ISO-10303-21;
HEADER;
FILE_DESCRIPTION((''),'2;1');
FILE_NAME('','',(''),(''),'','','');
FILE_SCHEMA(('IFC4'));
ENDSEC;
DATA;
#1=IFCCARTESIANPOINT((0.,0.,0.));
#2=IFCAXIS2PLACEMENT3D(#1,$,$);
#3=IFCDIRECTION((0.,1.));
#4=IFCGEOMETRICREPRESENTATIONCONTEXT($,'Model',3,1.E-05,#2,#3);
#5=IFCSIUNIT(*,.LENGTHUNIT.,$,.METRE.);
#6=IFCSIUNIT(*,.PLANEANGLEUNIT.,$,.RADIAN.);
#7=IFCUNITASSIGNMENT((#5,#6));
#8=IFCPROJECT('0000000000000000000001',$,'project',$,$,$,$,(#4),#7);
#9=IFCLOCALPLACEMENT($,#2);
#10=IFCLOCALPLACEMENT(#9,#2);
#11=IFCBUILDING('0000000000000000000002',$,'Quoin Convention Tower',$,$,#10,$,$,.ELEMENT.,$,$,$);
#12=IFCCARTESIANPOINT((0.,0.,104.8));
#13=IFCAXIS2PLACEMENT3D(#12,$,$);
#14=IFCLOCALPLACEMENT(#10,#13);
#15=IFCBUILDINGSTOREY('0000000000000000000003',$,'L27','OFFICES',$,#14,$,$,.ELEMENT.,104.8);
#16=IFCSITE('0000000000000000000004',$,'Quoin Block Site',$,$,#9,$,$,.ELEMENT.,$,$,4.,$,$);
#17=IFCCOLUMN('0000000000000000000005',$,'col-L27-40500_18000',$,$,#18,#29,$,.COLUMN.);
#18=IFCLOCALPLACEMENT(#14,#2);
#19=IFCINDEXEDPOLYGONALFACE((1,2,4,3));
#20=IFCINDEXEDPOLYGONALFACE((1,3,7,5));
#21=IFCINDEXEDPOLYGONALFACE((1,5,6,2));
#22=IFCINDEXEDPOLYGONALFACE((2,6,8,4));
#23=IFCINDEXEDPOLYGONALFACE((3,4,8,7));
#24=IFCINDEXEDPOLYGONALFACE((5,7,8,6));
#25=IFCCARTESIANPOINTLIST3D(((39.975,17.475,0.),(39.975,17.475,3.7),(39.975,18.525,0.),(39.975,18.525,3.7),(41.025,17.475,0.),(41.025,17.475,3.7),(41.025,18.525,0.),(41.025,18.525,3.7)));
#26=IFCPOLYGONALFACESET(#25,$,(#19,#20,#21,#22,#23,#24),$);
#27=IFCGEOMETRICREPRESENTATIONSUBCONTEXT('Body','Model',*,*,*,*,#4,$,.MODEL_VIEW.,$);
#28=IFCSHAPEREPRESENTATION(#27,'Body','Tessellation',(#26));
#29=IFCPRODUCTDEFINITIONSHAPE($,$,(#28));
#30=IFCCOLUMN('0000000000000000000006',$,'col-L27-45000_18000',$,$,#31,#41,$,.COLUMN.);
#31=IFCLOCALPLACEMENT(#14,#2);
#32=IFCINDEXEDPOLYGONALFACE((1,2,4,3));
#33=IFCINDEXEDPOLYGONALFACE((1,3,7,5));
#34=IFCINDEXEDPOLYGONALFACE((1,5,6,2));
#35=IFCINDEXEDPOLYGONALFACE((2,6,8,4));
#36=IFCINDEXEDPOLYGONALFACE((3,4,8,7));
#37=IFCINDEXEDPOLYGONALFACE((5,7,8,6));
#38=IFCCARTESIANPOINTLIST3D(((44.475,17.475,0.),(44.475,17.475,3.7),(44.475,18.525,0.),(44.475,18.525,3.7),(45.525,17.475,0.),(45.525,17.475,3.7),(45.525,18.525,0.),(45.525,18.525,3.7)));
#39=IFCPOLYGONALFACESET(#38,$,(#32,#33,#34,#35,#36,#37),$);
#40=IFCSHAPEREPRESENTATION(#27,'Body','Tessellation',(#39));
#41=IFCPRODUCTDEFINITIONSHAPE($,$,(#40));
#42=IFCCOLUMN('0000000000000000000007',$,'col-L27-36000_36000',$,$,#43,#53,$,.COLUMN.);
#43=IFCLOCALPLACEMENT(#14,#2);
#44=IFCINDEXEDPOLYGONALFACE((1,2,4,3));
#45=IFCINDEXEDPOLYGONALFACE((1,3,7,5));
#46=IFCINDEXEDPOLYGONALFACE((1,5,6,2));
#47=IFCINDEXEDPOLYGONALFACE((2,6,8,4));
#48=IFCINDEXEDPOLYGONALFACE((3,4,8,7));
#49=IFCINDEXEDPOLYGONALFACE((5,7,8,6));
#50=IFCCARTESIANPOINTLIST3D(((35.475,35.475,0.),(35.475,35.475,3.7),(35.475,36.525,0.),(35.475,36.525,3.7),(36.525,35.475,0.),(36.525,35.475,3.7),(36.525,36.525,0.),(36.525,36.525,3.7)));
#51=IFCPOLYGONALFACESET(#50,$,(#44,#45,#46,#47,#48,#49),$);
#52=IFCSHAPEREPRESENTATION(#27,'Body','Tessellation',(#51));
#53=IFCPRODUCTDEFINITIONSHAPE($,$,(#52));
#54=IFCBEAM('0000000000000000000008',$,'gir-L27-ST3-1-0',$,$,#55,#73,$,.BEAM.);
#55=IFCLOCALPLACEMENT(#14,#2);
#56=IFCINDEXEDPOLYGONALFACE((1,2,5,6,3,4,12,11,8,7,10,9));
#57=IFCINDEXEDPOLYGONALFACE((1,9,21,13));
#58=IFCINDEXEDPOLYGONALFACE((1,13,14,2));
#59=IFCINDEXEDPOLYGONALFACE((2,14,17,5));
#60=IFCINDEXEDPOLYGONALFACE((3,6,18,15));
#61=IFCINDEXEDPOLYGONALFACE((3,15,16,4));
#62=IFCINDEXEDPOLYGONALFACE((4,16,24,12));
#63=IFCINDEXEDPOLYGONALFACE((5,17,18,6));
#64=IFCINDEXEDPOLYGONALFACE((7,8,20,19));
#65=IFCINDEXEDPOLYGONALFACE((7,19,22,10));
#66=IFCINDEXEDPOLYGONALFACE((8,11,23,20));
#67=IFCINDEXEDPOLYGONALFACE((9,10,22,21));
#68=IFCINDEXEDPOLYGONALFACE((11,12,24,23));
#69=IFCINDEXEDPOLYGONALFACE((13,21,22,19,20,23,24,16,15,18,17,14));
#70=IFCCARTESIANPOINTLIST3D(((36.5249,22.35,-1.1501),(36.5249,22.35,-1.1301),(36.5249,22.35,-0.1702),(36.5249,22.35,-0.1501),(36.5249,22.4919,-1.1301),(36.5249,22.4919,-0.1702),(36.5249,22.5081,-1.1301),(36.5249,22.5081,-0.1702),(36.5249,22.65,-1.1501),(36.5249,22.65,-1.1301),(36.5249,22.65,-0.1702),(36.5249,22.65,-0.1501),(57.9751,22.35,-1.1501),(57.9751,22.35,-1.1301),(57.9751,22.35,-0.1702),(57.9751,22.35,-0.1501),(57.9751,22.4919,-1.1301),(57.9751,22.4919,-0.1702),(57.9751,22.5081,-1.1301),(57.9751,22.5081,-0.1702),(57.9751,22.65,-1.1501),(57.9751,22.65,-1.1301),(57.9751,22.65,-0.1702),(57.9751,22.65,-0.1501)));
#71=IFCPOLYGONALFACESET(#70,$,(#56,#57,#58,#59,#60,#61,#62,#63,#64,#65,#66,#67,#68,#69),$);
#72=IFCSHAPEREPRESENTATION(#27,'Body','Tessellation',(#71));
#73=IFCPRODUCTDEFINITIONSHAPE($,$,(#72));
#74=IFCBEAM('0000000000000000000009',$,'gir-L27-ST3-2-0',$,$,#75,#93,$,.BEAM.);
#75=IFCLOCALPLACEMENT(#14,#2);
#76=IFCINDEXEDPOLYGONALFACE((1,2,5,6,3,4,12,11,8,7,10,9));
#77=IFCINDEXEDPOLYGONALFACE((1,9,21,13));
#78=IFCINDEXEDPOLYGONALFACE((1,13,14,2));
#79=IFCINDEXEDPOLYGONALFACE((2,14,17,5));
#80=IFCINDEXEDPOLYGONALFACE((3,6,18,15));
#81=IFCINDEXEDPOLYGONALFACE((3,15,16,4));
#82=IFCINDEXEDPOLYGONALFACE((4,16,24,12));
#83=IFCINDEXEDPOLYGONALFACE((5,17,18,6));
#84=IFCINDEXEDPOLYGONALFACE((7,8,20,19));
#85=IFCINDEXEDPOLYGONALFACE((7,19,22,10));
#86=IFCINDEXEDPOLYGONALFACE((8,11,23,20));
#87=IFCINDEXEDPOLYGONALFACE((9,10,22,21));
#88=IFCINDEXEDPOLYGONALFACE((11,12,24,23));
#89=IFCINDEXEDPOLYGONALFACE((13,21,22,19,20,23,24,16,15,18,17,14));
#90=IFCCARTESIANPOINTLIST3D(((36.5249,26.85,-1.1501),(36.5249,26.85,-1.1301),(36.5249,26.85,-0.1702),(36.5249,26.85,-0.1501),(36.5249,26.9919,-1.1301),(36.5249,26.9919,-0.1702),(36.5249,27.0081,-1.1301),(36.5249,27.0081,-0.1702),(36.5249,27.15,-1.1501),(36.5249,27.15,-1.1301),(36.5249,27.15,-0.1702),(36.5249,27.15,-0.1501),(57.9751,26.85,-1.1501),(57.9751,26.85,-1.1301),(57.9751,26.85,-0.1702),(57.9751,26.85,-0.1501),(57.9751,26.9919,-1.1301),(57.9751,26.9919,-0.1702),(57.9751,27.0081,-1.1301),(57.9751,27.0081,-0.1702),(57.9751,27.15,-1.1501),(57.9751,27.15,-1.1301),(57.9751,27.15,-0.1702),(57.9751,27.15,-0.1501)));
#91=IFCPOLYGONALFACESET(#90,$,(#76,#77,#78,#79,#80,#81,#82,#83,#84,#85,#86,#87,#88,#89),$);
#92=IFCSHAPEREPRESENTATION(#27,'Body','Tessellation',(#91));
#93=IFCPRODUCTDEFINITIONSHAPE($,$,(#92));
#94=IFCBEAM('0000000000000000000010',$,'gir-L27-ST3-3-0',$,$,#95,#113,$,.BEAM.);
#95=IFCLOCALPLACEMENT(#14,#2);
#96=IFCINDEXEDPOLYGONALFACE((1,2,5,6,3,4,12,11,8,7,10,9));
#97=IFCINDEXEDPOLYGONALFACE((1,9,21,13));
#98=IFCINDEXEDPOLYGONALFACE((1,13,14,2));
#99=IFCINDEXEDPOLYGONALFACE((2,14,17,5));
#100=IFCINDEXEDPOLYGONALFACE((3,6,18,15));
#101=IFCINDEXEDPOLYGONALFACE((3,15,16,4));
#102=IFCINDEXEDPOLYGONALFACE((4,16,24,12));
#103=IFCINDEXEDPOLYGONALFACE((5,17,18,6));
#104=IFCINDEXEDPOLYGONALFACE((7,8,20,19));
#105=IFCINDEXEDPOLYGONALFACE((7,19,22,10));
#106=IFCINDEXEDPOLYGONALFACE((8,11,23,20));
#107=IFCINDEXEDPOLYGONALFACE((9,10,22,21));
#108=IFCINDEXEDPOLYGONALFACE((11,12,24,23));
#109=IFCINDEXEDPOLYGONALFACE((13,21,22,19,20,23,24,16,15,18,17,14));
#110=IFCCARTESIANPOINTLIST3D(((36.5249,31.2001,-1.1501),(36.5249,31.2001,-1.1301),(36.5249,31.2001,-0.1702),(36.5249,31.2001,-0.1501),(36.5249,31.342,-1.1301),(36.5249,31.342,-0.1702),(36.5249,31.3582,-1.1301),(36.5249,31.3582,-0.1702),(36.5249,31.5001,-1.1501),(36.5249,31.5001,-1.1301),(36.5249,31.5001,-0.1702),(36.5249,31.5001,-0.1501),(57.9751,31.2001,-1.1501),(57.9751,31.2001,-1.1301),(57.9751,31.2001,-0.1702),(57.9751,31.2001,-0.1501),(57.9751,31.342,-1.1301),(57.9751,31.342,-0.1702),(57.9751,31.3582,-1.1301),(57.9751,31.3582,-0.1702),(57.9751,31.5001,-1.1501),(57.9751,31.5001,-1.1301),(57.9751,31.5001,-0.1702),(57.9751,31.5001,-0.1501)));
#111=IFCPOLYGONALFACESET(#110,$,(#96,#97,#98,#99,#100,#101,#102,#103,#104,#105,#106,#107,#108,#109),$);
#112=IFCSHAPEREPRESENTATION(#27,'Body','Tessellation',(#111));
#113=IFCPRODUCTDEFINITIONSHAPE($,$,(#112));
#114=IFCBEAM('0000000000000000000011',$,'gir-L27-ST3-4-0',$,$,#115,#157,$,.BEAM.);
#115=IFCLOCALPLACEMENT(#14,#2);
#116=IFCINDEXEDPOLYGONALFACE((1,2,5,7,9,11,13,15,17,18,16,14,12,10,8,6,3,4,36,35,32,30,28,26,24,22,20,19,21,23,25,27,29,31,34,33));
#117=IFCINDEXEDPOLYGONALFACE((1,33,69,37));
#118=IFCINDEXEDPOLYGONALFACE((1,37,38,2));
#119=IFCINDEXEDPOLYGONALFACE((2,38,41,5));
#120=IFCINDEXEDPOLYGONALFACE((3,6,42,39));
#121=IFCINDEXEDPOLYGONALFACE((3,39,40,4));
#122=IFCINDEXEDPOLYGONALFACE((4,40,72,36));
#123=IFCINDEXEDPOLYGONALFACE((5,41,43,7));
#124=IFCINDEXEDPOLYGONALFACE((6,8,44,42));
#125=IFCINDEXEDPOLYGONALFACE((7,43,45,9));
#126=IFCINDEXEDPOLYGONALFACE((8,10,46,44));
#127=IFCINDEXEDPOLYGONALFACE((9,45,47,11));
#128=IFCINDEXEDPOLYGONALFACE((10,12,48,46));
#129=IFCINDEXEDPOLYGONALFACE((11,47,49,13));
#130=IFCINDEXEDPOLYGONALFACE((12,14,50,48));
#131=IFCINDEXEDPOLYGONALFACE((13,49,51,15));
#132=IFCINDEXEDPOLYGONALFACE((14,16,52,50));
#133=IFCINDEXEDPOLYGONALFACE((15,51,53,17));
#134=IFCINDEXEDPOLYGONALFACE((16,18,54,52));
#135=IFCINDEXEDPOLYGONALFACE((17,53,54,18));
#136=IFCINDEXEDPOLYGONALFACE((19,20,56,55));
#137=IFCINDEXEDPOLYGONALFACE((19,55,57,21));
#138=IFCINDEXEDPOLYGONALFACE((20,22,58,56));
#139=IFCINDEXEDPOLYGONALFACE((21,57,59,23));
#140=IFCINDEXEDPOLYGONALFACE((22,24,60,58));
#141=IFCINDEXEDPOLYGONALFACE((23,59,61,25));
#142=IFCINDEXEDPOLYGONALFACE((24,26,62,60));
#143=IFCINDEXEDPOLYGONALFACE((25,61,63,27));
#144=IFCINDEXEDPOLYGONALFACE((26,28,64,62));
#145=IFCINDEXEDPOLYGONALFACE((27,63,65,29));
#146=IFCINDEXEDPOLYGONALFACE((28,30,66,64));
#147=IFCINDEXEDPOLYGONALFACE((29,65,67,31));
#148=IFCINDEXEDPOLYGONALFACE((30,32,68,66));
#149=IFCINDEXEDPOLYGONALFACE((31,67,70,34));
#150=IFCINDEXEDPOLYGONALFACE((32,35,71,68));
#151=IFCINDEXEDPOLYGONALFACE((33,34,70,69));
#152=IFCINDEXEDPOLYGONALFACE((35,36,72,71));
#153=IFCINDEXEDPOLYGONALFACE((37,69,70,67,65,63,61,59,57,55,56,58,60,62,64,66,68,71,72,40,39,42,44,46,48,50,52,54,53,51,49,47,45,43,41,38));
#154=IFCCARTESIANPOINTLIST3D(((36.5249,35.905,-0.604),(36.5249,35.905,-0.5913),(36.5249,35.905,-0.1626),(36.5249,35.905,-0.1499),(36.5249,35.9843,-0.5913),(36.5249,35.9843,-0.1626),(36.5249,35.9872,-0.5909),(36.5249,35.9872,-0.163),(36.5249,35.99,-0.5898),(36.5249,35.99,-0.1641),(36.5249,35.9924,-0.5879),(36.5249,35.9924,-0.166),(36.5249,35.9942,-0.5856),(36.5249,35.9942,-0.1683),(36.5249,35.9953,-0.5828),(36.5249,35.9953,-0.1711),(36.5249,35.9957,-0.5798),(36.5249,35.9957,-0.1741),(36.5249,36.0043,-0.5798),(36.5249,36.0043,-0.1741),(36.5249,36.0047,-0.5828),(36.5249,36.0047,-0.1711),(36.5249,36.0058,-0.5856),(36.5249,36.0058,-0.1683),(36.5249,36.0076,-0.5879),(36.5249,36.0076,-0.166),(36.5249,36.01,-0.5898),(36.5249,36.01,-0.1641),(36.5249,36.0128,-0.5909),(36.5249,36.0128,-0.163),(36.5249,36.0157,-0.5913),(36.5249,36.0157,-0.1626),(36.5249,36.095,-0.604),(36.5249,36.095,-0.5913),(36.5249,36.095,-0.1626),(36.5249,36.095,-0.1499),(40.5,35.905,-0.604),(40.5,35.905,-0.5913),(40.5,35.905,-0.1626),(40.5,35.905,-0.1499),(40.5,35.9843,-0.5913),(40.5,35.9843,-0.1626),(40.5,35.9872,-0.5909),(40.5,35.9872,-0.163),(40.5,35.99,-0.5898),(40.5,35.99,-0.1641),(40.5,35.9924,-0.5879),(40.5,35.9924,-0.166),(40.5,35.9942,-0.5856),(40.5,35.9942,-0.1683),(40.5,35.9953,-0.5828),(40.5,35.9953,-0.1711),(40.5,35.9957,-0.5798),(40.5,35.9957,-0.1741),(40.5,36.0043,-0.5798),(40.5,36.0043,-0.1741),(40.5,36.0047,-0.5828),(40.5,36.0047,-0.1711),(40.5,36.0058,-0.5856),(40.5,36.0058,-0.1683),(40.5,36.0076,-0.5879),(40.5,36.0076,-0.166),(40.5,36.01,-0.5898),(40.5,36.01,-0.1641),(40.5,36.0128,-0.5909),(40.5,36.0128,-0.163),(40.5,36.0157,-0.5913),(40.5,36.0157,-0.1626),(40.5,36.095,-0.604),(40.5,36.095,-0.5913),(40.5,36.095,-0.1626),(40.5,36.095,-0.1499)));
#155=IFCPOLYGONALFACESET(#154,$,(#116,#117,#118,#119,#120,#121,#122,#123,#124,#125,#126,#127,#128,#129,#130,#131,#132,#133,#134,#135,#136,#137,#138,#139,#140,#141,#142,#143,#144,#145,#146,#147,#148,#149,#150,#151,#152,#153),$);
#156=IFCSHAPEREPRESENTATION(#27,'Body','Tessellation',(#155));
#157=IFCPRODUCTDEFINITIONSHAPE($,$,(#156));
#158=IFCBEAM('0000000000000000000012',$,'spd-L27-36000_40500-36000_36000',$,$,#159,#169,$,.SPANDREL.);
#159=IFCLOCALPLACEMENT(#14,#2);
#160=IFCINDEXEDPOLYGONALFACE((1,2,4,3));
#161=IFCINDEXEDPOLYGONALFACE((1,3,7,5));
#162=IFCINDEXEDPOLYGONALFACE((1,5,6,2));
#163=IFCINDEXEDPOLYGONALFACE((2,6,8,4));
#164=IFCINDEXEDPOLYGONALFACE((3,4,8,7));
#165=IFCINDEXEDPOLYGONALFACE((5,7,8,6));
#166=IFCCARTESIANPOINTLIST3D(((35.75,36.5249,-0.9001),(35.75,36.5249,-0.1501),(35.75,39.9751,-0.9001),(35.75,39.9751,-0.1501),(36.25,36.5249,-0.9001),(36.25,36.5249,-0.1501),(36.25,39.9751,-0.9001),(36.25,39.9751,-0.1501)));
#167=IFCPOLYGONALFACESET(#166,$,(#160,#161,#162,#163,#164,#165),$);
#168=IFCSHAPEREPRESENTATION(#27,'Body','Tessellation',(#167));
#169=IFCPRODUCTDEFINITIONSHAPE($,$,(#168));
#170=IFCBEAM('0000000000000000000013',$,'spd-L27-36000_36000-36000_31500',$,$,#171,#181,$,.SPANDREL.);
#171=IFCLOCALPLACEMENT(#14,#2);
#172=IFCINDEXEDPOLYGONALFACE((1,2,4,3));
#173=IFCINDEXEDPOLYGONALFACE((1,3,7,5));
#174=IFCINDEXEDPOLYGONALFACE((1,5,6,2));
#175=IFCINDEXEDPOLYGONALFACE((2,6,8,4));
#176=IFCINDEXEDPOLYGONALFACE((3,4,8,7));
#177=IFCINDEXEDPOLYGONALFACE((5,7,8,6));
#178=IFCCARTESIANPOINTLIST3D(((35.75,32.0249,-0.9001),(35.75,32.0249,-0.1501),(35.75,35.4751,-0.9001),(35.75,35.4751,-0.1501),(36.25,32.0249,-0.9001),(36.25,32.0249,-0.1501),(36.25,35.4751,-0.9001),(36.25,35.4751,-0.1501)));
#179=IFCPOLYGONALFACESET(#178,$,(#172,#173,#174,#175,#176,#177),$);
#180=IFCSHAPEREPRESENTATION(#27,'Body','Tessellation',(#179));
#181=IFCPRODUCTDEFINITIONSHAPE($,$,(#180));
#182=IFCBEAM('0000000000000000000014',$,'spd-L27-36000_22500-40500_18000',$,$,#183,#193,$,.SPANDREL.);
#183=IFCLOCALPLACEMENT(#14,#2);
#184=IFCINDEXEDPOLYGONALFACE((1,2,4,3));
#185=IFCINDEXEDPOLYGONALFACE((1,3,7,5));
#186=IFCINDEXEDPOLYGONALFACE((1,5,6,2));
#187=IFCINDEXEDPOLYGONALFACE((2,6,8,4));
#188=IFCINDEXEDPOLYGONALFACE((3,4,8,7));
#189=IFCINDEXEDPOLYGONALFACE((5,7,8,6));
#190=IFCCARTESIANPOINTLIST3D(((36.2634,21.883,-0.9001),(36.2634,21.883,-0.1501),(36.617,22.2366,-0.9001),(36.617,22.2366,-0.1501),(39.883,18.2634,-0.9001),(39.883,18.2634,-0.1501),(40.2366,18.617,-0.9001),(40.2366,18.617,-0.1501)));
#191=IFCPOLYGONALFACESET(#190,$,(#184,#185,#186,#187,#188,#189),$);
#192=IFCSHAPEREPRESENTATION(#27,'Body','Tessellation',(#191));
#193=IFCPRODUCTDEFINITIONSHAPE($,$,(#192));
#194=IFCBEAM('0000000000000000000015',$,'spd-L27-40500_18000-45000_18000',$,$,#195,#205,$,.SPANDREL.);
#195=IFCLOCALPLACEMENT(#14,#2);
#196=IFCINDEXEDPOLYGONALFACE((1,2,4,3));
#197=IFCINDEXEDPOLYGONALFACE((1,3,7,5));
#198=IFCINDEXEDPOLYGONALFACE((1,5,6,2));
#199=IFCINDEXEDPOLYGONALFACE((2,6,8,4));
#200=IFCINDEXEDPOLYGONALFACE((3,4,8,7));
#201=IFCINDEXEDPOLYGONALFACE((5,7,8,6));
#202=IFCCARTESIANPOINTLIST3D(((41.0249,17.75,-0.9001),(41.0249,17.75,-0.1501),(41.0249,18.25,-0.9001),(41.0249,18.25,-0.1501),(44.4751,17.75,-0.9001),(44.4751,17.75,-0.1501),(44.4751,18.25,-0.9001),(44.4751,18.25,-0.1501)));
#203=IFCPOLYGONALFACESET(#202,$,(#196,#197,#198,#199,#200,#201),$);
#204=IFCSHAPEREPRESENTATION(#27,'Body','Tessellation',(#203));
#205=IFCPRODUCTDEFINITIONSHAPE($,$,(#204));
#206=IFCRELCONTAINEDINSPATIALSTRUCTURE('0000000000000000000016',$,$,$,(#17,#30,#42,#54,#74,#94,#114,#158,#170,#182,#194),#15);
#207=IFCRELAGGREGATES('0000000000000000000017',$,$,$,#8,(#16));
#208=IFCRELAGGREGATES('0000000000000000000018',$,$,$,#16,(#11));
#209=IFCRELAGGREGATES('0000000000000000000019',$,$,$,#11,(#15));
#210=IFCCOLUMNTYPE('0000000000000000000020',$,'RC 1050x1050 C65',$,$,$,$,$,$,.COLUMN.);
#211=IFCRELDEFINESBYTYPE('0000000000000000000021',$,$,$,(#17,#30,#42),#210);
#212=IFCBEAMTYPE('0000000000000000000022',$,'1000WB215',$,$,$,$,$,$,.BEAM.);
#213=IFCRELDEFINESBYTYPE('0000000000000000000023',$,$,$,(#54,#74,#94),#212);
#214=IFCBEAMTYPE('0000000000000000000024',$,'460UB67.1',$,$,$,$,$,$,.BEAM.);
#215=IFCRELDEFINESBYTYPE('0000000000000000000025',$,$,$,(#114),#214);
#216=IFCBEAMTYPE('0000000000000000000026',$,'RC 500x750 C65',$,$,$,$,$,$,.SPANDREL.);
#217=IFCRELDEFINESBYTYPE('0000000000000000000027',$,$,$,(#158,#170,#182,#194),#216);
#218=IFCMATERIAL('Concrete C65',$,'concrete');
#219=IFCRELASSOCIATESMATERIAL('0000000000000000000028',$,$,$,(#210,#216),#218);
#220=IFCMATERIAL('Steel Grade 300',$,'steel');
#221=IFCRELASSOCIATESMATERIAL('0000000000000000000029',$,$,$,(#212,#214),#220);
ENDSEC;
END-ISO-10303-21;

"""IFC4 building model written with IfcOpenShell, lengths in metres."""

from ifc_helpers import new_model, si_unit, direction, frame, origin, origin_2d, place, context, subcontext, project, spatial, rectangle, i_section, extrude, material, material_profile, profile_set, type_object, element, save


model = new_model("IFC4")

# Units and contexts
model_context = context("Model", 3, precision=1e-05, world=origin(), true_north=direction((0.0, 1.0)))
body_context = subcontext(model_context, "Body", "Model", "MODEL_VIEW")
ifc_project = project(units=[si_unit("LENGTHUNIT", "METRE"), si_unit("PLANEANGLEUNIT", "RADIAN")], contexts=[model_context])

# Site, building, storey
site_placement = place(None, origin())
site = spatial("IfcSite", under=ifc_project, at=site_placement, Name="Quoin Block Site", CompositionType="ELEMENT", RefElevation=4.0)
building_placement = place(site_placement, origin())
building = spatial("IfcBuilding", under=site, at=building_placement, Name="Quoin Convention Tower", CompositionType="ELEMENT")
storey_placement = place(building_placement, frame((0.0, 0.0, 104.8)))
storey = spatial("IfcBuildingStorey", under=building, at=storey_placement, Name="L27", Description="OFFICES", CompositionType="ELEMENT", Elevation=104.8)

# Columns
ifc_material_1 = material(Name="Concrete C65", Category="concrete")
ifc_material_profile_1 = material_profile(ifc_material_1, rectangle(XDim=1.05, YDim=1.05, at=origin_2d()), Name="RC 1050x1050")
ifc_profile_set_1 = profile_set([ifc_material_profile_1], Name="Concrete C65")
column_type = type_object("IfcColumnType", Name="RC 1050x1050 C65", PredefinedType="COLUMN", material=ifc_profile_set_1)
for number, where, z_axis, x_axis, name in (
    (1, (40.5, 18.0, 0.0), (0.0, 0.0, 1.0), (1.0, 0.0, 0.0), "col-L27-40500_18000"),
    (2, (45.0, 18.0, 0.0), (0.0, 0.0, 1.0), (1.0, 0.0, 0.0), "col-L27-45000_18000"),
    (3, (36.0, 36.0, 0.0), (0.0, 0.0, 1.0), (1.0, 0.0, 0.0), "col-L27-36000_36000"),
):
    element("IfcColumn", number, at=place(storey_placement, frame(where, z_axis=z_axis, x_axis=x_axis)), inside=storey, type_object=column_type, Name=name, PredefinedType="COLUMN", context=body_context, shape_type="SweptSolid", body=[
        extrude(rectangle(XDim=1.05, YDim=1.05, at=origin_2d()), origin(), (0.0, 0.0, 1.0), 3.7),
    ])

# Beams
ifc_material_2 = material(Name="Steel Grade 300", Category="steel")
ifc_material_profile_2 = material_profile(ifc_material_2, i_section(OverallWidth=0.3, OverallDepth=1.0, WebThickness=0.0161, FlangeThickness=0.02, at=origin_2d()), Name="1000WB215")
ifc_profile_set_2 = profile_set([ifc_material_profile_2], Name="Steel Grade 300")
beam_type_1 = type_object("IfcBeamType", Name="1000WB215", PredefinedType="BEAM", material=ifc_profile_set_2)
for number, where, z_axis, x_axis, name in (
    (4, (36.5249, 22.5, -0.6501), (1.0, 0.0, 0.0), (0.0, 1.0, 0.0), "gir-L27-ST3-1-0"),
    (5, (36.5249, 27.0, -0.6501), (1.0, 0.0, 0.0), (0.0, 1.0, 0.0), "gir-L27-ST3-2-0"),
    (6, (36.5249, 31.3501, -0.6501), (1.0, 0.0, 0.0), (0.0, 1.0, 0.0), "gir-L27-ST3-3-0"),
):
    element("IfcBeam", number, at=place(storey_placement, frame(where, z_axis=z_axis, x_axis=x_axis)), inside=storey, type_object=beam_type_1, Name=name, PredefinedType="BEAM", context=body_context, shape_type="SweptSolid", body=[
        extrude(i_section(OverallWidth=0.3, OverallDepth=1.0, WebThickness=0.0161, FlangeThickness=0.02, at=origin_2d()), origin(), (0.0, 0.0, 1.0), 21.4502),
    ])
ifc_material_profile_3 = material_profile(ifc_material_2, i_section(OverallWidth=0.1899, OverallDepth=0.4541, WebThickness=0.0085, FlangeThickness=0.0127, FilletRadius=0.0115, at=origin_2d()), Name="460UB67.1")
ifc_profile_set_3 = profile_set([ifc_material_profile_3], Name="Steel Grade 300")
beam_type_2 = type_object("IfcBeamType", Name="460UB67.1", PredefinedType="BEAM", material=ifc_profile_set_3)
beam_1_placement = place(storey_placement, frame((36.5249, 36.0, -0.377), z_axis=(1.0, 0.0, 0.0), x_axis=(0.0, 1.0, 0.0)))
element("IfcBeam", 7, at=beam_1_placement, inside=storey, type_object=beam_type_2, Name="gir-L27-ST3-4-0", PredefinedType="BEAM", context=body_context, shape_type="SweptSolid", body=[
    extrude(i_section(OverallWidth=0.1899, OverallDepth=0.4541, WebThickness=0.0085, FlangeThickness=0.0127, FilletRadius=0.0115, at=origin_2d()), origin(), (0.0, 0.0, 1.0), 3.9751),
])
ifc_material_profile_4 = material_profile(ifc_material_1, rectangle(XDim=0.5, YDim=0.75, at=origin_2d()), Name="RC 500x750")
ifc_profile_set_4 = profile_set([ifc_material_profile_4], Name="Concrete C65")
beam_type_3 = type_object("IfcBeamType", Name="RC 500x750 C65", PredefinedType="SPANDREL", material=ifc_profile_set_4)
for number, where, z_axis, x_axis, name in (
    (8, (36.0, 39.9751, -0.5251), (0.0, -1.0, 0.0), (1.0, 0.0, 0.0), "spd-L27-36000_40500-36000_36000"),
    (9, (36.0, 35.4751, -0.5251), (0.0, -1.0, 0.0), (1.0, 0.0, 0.0), "spd-L27-36000_36000-36000_31500"),
):
    element("IfcBeam", number, at=place(storey_placement, frame(where, z_axis=z_axis, x_axis=x_axis)), inside=storey, type_object=beam_type_3, Name=name, PredefinedType="SPANDREL", context=body_context, shape_type="SweptSolid", body=[
        extrude(rectangle(XDim=0.5, YDim=0.75, at=origin_2d()), origin(), (0.0, 0.0, 1.0), 3.4502),
    ])
beam_2_placement = place(storey_placement, frame((36.4402, 22.0598, -0.5251), z_axis=(0.707107, -0.707107, 0.0), x_axis=(0.707107, 0.707107, 0.0)))
element("IfcBeam", 10, at=beam_2_placement, inside=storey, type_object=beam_type_3, Name="spd-L27-36000_22500-40500_18000", PredefinedType="SPANDREL", context=body_context, shape_type="SweptSolid", body=[
    extrude(rectangle(XDim=0.5, YDim=0.75, at=origin_2d()), origin(), (0.0, 0.0, 1.0), 5.1189),
])
beam_3_placement = place(storey_placement, frame((41.0249, 18.0, -0.5251), z_axis=(1.0, 0.0, 0.0), x_axis=(0.0, 1.0, 0.0)))
element("IfcBeam", 11, at=beam_3_placement, inside=storey, type_object=beam_type_3, Name="spd-L27-40500_18000-45000_18000", PredefinedType="SPANDREL", context=body_context, shape_type="SweptSolid", body=[
    extrude(rectangle(XDim=0.5, YDim=0.75, at=origin_2d()), origin(), (0.0, 0.0, 1.0), 3.4502),
])

save(model, "model.ifc")
